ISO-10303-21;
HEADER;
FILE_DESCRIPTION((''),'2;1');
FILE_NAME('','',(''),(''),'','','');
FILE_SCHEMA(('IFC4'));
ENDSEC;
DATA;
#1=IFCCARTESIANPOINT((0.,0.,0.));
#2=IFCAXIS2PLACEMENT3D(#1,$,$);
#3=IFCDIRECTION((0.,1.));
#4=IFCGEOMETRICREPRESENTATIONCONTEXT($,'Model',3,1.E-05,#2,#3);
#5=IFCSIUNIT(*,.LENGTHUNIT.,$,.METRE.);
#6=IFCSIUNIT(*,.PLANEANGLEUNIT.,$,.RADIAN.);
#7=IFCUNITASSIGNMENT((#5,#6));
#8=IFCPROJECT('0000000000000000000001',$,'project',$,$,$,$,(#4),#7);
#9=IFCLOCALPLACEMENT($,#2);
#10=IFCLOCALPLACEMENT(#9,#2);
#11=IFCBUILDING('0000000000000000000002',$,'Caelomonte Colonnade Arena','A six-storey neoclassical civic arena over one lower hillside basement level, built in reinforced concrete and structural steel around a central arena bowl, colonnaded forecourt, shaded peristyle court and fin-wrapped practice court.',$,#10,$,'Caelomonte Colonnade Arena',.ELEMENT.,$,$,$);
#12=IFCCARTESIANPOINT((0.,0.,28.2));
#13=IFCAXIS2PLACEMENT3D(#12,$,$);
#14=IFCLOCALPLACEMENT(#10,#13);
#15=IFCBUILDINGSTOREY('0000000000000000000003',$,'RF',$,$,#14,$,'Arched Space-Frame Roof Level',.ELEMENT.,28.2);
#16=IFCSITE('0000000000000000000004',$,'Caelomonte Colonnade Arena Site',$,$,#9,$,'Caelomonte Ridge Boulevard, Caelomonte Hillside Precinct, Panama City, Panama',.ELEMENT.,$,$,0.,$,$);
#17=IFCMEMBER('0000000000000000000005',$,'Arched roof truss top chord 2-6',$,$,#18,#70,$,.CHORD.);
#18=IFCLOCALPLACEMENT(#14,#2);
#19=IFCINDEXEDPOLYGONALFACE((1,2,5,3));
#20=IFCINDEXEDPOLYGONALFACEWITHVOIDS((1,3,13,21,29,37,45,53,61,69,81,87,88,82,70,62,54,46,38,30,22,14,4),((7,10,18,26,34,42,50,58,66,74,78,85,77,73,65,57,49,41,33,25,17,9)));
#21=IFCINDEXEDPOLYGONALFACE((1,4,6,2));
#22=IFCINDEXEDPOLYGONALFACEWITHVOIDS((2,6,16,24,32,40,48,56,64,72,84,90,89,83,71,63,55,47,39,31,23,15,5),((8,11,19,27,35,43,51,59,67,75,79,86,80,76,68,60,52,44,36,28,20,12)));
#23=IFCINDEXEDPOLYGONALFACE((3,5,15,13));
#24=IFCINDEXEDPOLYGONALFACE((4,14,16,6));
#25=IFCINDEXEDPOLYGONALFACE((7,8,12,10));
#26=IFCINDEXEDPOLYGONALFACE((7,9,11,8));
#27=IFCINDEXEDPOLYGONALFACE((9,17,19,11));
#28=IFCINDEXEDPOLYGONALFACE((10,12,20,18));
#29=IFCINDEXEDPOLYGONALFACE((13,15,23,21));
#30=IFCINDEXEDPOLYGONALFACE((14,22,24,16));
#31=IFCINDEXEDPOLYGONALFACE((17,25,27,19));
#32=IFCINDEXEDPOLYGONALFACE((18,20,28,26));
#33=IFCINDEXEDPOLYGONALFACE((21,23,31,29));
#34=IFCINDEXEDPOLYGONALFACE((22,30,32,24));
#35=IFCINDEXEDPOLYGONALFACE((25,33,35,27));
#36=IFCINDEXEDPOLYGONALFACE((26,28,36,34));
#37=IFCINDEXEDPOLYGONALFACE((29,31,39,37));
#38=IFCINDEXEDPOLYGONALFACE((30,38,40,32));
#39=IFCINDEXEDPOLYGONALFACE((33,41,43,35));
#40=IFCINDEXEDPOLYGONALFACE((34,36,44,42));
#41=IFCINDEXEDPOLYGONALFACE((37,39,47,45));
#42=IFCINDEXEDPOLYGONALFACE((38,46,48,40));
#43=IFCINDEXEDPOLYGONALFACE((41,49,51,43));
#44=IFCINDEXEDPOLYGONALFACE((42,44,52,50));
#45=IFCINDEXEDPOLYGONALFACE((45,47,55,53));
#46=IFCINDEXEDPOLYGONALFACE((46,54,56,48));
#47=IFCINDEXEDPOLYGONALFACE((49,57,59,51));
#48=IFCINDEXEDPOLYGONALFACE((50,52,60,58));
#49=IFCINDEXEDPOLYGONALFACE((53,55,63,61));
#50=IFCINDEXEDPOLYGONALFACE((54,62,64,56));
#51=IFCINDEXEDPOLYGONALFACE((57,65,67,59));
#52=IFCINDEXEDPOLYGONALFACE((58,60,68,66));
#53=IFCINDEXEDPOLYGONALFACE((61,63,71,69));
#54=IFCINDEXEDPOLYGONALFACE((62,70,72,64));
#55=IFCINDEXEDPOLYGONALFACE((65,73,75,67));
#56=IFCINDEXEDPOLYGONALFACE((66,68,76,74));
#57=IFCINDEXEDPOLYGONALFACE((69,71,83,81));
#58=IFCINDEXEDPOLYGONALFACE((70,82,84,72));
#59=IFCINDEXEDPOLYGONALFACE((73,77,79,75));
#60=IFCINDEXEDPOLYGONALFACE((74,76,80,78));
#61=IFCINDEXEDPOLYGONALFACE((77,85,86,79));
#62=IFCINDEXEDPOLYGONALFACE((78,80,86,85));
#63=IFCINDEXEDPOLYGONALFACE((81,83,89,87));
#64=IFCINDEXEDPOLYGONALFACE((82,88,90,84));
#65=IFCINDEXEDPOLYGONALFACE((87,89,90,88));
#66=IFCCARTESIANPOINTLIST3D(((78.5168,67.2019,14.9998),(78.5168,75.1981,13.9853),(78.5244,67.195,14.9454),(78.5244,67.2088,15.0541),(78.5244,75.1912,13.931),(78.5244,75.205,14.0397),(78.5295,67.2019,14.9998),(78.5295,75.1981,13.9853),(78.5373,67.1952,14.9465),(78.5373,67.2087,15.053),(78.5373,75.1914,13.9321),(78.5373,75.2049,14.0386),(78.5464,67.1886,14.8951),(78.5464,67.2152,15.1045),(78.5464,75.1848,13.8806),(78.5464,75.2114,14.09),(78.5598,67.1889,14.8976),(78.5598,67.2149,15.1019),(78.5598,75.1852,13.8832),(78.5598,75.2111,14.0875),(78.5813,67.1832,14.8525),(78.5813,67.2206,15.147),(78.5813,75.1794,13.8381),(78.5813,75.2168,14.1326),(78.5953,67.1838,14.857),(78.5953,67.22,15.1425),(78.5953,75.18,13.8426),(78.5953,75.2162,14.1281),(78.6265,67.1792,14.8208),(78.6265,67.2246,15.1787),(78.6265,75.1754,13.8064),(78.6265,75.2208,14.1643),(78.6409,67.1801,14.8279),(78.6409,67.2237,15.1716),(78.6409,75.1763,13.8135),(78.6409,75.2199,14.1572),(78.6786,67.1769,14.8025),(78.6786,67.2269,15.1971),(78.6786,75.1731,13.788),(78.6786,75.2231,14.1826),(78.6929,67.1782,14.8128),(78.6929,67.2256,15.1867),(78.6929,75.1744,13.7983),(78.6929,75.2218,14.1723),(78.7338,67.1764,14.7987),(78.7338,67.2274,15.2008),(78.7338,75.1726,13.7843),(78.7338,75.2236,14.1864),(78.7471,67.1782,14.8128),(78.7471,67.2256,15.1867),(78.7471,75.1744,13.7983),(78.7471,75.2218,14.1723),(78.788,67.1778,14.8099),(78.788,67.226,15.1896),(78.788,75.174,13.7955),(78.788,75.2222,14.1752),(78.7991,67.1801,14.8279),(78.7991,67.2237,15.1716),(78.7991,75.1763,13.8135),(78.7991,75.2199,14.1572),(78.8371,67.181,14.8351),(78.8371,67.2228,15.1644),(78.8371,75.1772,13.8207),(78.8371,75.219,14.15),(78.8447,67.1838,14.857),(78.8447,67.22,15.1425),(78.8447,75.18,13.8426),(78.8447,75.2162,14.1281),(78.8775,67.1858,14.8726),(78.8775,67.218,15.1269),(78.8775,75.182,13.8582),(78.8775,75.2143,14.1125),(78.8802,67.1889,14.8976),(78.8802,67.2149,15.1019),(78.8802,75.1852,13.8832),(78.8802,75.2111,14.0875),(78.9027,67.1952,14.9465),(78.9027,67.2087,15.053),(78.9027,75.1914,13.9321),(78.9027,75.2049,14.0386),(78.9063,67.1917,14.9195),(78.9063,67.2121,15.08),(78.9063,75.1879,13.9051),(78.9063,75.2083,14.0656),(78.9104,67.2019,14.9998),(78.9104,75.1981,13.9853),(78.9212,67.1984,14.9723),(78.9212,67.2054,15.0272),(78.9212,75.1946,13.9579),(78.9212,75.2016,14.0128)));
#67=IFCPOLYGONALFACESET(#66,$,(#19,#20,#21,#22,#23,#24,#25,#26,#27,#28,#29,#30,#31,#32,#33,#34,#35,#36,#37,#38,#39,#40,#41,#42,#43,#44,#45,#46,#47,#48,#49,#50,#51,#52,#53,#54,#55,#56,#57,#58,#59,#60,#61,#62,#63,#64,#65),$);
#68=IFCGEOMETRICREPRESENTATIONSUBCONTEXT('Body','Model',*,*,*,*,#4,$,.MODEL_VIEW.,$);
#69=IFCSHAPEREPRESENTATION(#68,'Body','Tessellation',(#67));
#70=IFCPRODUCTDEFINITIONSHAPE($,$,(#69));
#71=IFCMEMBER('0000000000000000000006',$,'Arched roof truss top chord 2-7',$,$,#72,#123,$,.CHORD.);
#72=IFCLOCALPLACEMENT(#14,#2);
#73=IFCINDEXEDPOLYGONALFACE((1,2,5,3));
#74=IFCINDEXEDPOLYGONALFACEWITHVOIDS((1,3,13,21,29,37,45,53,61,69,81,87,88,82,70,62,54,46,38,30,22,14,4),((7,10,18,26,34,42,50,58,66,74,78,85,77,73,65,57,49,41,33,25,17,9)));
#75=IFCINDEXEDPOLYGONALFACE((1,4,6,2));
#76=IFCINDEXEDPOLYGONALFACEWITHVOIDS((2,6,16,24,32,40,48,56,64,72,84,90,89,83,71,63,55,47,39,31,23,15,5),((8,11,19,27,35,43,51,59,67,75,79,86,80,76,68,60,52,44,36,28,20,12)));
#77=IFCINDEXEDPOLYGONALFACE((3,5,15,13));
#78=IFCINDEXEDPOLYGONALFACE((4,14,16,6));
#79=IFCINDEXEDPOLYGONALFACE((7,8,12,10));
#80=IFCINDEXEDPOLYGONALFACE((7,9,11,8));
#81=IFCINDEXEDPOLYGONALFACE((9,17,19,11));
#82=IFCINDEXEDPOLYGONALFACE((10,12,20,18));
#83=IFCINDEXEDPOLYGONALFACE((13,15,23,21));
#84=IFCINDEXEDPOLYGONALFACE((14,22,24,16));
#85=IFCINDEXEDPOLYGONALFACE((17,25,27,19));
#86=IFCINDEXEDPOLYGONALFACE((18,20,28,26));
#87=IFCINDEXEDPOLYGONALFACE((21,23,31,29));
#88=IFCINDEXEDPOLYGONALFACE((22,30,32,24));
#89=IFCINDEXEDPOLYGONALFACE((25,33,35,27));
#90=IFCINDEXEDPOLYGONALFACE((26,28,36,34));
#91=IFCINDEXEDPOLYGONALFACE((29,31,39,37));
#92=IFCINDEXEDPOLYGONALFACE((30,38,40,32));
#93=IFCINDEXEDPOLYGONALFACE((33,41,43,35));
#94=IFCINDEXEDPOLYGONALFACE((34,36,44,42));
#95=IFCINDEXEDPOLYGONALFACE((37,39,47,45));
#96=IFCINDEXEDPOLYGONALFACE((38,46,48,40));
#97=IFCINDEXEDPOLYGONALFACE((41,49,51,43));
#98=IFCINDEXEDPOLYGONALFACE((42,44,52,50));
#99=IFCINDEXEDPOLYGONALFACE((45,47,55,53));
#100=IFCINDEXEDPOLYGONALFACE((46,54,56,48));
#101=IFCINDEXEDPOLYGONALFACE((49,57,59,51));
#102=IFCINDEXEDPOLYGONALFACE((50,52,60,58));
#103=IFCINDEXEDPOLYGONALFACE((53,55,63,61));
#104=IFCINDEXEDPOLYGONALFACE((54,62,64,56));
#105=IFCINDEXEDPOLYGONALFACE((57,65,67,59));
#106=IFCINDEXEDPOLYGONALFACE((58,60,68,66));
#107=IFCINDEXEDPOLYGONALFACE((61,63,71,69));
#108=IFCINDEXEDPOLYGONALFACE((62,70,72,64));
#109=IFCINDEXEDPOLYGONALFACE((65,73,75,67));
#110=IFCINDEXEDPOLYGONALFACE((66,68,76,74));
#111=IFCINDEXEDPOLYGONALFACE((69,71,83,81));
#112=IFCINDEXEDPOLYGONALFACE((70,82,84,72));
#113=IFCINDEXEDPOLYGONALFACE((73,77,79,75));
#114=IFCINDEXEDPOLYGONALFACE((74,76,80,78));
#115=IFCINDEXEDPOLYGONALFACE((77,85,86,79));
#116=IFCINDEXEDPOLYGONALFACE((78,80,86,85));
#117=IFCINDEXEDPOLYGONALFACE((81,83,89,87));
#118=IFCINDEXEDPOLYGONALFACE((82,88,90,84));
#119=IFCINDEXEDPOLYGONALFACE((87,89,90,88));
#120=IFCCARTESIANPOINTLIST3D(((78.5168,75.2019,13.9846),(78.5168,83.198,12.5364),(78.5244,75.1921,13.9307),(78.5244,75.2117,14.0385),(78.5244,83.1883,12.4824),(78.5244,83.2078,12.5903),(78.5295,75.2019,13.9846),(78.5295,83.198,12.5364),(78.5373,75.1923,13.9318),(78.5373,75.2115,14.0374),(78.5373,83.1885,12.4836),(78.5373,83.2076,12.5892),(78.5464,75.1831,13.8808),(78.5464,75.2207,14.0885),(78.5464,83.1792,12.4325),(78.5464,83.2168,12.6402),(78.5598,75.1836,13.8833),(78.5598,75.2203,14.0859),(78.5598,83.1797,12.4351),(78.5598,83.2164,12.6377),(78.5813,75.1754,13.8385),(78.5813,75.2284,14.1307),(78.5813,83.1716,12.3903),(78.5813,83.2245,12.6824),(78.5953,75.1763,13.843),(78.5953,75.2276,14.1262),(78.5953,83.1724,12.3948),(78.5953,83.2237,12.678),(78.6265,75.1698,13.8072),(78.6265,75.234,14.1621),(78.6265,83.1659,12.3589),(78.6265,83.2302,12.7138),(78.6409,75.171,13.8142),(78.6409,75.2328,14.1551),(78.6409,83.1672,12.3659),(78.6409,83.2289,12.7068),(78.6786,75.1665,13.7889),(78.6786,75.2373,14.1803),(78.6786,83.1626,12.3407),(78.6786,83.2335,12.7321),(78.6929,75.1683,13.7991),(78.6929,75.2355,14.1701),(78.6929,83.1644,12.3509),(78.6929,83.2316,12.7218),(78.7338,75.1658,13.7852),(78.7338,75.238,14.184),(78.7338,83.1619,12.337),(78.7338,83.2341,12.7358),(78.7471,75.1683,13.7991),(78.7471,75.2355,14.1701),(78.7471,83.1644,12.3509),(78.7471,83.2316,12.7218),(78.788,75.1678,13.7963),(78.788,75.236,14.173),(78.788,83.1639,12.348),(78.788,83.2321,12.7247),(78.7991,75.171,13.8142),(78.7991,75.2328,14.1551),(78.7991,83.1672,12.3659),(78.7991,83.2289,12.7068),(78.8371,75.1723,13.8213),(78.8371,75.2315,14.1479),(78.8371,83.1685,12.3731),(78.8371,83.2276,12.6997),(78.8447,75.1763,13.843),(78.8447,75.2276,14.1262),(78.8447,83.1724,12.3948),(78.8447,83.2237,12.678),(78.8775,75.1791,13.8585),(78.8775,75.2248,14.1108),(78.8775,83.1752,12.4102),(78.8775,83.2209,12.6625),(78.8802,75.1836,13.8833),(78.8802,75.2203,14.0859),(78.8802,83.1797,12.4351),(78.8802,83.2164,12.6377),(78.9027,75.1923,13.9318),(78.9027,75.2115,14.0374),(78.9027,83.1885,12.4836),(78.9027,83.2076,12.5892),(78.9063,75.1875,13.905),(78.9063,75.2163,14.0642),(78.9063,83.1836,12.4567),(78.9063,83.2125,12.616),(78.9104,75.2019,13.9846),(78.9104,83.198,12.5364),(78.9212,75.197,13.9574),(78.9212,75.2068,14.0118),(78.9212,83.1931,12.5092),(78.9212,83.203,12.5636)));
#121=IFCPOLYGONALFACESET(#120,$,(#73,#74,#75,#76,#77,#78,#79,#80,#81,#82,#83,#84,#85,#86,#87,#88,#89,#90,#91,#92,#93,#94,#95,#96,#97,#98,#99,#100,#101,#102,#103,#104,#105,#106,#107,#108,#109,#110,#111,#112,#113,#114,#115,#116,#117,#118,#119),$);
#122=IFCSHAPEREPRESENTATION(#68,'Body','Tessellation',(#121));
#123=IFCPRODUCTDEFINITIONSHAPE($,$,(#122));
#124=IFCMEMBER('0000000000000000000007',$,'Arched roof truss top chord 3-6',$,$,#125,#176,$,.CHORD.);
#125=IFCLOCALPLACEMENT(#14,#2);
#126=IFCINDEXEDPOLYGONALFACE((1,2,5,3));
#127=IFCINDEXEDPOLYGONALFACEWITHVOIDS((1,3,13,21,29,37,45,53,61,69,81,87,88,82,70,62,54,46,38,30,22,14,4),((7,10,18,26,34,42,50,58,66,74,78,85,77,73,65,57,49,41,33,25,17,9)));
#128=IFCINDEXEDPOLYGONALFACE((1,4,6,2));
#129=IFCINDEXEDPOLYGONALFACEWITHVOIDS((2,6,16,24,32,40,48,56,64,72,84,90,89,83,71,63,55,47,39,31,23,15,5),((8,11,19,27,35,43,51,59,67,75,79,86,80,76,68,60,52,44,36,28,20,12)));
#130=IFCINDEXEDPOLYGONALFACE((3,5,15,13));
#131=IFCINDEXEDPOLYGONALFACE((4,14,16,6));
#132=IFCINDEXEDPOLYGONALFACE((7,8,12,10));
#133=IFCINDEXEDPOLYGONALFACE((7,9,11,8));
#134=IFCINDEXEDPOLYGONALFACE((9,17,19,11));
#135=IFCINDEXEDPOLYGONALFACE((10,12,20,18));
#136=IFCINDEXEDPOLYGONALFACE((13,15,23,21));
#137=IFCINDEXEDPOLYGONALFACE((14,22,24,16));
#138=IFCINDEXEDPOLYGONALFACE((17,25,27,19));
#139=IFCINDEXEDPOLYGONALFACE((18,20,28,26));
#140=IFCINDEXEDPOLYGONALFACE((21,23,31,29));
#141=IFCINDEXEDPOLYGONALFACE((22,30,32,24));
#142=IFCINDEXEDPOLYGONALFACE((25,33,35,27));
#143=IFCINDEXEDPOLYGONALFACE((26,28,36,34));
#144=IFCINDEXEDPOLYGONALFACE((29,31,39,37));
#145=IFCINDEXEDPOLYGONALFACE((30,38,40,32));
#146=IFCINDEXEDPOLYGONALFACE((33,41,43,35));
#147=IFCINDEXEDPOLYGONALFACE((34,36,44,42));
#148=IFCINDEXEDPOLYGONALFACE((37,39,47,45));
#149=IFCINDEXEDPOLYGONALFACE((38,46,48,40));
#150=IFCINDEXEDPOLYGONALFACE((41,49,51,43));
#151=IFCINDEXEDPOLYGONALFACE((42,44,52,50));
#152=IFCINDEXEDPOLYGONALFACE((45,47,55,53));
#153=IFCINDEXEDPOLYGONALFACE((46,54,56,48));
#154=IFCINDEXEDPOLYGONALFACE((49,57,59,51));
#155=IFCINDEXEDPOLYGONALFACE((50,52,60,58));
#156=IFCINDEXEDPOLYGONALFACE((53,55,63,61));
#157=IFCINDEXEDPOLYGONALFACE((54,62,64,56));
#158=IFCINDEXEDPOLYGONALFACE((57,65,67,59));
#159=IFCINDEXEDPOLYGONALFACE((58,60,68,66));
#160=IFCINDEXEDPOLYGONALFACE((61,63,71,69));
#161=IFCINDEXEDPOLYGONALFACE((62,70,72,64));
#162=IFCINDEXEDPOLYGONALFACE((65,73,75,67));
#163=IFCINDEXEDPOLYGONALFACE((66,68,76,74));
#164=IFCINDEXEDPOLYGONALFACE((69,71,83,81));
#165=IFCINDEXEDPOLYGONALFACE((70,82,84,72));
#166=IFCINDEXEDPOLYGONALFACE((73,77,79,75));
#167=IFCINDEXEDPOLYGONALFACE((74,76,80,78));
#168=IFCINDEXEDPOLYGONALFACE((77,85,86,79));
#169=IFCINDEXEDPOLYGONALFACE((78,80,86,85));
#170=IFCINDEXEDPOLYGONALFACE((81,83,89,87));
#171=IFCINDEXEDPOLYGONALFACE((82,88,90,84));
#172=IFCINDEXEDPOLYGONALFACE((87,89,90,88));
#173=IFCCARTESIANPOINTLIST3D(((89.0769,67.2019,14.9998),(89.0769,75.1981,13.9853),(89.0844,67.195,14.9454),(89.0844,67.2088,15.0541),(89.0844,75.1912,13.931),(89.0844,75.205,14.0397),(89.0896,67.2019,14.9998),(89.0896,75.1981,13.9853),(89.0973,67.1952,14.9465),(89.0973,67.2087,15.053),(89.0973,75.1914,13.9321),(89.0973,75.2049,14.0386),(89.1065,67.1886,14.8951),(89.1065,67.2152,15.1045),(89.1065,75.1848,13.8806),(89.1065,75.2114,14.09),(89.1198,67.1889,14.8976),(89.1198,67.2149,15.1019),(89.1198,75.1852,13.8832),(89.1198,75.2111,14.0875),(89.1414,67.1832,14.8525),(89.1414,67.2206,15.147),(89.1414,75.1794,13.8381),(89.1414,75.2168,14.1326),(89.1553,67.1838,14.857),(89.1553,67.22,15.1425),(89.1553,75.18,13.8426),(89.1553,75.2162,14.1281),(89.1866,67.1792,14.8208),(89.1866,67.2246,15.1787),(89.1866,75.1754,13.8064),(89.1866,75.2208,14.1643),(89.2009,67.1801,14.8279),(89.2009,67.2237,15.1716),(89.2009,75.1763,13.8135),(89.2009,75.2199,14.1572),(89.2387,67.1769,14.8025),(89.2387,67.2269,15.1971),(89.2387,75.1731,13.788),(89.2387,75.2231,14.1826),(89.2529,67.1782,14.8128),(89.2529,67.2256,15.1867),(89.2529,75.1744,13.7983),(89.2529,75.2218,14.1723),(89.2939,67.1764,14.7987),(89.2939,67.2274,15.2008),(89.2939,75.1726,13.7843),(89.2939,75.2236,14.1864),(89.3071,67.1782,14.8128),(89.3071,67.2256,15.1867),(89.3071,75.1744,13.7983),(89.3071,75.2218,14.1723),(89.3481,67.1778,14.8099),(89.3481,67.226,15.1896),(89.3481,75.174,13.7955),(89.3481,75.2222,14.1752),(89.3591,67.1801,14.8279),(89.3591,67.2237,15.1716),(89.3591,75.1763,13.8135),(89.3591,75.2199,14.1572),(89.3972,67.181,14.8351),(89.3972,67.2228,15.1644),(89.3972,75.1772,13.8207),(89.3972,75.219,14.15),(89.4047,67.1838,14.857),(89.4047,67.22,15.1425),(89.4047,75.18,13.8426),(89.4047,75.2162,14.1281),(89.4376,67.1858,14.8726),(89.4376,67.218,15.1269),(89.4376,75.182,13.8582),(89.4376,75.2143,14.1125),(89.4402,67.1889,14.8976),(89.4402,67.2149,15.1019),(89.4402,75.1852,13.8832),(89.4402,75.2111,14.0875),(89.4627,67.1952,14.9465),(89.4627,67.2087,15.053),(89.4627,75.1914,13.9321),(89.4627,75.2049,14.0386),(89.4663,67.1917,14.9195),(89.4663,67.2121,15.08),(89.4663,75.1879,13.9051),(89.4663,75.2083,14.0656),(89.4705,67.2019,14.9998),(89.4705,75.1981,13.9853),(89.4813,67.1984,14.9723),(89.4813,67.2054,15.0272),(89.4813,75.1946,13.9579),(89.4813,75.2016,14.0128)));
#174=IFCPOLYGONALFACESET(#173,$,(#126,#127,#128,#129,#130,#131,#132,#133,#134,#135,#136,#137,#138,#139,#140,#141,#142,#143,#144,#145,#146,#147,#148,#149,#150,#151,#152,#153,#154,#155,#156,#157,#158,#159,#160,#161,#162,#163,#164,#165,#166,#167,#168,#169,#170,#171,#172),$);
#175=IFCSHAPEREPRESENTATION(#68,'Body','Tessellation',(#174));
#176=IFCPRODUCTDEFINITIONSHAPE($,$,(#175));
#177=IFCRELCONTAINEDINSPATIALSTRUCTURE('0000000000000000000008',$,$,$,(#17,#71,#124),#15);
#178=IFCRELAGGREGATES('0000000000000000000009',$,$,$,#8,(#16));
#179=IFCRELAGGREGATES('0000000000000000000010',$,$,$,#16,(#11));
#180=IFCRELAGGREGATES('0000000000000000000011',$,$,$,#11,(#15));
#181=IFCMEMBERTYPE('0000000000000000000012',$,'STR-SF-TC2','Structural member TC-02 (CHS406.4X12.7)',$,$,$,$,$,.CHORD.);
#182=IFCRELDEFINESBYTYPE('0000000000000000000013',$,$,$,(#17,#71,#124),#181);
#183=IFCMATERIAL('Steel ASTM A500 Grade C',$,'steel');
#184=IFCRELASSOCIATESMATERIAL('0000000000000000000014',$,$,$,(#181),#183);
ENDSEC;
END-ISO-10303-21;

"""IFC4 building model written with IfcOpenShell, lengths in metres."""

from ifc_helpers import new_model, si_unit, direction, frame, origin, origin_2d, place, context, subcontext, project, spatial, hollow_circle, extrude, material, material_profile, profile_set, type_object, element, save


model = new_model("IFC4")

# Units and contexts
model_context = context("Model", 3, precision=1e-05, world=origin(), true_north=direction((0.0, 1.0)))
body_context = subcontext(model_context, "Body", "Model", "MODEL_VIEW")
ifc_project = project(units=[si_unit("LENGTHUNIT", "METRE"), si_unit("PLANEANGLEUNIT", "RADIAN")], contexts=[model_context])

# Site, building, storey
site_placement = place(None, origin())
site = spatial("IfcSite", under=ifc_project, at=site_placement, Name="Caelomonte Colonnade Arena Site", LongName="Caelomonte Ridge Boulevard, Caelomonte Hillside Precinct, Panama City, Panama", CompositionType="ELEMENT", RefElevation=0.0)
building_placement = place(site_placement, origin())
building = spatial("IfcBuilding", under=site, at=building_placement, Name="Caelomonte Colonnade Arena", Description="A six-storey neoclassical civic arena over one lower hillside basement level, built in reinforced concrete and structural steel around a central arena bowl, colonnaded forecourt, shaded peristyle court and fin-wrapped practice court.", LongName="Caelomonte Colonnade Arena", CompositionType="ELEMENT")
storey_placement = place(building_placement, frame((0.0, 0.0, 28.2)))
storey = spatial("IfcBuildingStorey", under=building, at=storey_placement, Name="RF", LongName="Arched Space-Frame Roof Level", CompositionType="ELEMENT", Elevation=28.2)

# Members
ifc_material_1 = material(Name="Steel ASTM A500 Grade C", Category="steel")
ifc_material_profile_1 = material_profile(ifc_material_1, hollow_circle(Radius=0.2031, WallThickness=0.0127, at=origin_2d()), Name="CHS406.4X12.7")
ifc_profile_set_1 = profile_set([ifc_material_profile_1], Name="Steel ASTM A500 Grade C")
member_type_1 = type_object("IfcMemberType", Name="STR-SF-TC2", Description="Structural member TC-02 (CHS406.4X12.7)", PredefinedType="CHORD", material=ifc_profile_set_1)
member_1_placement = place(storey_placement, frame((78.72, 67.2019, 14.9998), z_axis=(0.0, 0.992049, -0.125854), x_axis=(-1.0, 0.0, 0.0)))
element("IfcMember", 1, at=member_1_placement, inside=storey, type_object=member_type_1, Name="Arched roof truss top chord 2-6", PredefinedType="CHORD", context=body_context, shape_type="SweptSolid", body=[
    extrude(hollow_circle(Radius=0.2031, WallThickness=0.0127, at=origin_2d()), origin(), (0.0, 0.0, 1.0), 8.0603),
])
member_2_placement = place(storey_placement, frame((78.72, 75.2019, 13.9846), z_axis=(0.0, 0.983991, -0.178219), x_axis=(-1.0, 0.0, 0.0)))
element("IfcMember", 2, at=member_2_placement, inside=storey, type_object=member_type_1, Name="Arched roof truss top chord 2-7", PredefinedType="CHORD", context=body_context, shape_type="SweptSolid", body=[
    extrude(hollow_circle(Radius=0.2031, WallThickness=0.0127, at=origin_2d()), origin(), (0.0, 0.0, 1.0), 8.1262),
])
member_3_placement = place(storey_placement, frame((89.28, 67.2019, 14.9998), z_axis=(0.0, 0.992049, -0.125854), x_axis=(-1.0, 0.0, 0.0)))
element("IfcMember", 3, at=member_3_placement, inside=storey, type_object=member_type_1, Name="Arched roof truss top chord 3-6", PredefinedType="CHORD", context=body_context, shape_type="SweptSolid", body=[
    extrude(hollow_circle(Radius=0.2031, WallThickness=0.0127, at=origin_2d()), origin(), (0.0, 0.0, 1.0), 8.0603),
])

save(model, "model.ifc")
